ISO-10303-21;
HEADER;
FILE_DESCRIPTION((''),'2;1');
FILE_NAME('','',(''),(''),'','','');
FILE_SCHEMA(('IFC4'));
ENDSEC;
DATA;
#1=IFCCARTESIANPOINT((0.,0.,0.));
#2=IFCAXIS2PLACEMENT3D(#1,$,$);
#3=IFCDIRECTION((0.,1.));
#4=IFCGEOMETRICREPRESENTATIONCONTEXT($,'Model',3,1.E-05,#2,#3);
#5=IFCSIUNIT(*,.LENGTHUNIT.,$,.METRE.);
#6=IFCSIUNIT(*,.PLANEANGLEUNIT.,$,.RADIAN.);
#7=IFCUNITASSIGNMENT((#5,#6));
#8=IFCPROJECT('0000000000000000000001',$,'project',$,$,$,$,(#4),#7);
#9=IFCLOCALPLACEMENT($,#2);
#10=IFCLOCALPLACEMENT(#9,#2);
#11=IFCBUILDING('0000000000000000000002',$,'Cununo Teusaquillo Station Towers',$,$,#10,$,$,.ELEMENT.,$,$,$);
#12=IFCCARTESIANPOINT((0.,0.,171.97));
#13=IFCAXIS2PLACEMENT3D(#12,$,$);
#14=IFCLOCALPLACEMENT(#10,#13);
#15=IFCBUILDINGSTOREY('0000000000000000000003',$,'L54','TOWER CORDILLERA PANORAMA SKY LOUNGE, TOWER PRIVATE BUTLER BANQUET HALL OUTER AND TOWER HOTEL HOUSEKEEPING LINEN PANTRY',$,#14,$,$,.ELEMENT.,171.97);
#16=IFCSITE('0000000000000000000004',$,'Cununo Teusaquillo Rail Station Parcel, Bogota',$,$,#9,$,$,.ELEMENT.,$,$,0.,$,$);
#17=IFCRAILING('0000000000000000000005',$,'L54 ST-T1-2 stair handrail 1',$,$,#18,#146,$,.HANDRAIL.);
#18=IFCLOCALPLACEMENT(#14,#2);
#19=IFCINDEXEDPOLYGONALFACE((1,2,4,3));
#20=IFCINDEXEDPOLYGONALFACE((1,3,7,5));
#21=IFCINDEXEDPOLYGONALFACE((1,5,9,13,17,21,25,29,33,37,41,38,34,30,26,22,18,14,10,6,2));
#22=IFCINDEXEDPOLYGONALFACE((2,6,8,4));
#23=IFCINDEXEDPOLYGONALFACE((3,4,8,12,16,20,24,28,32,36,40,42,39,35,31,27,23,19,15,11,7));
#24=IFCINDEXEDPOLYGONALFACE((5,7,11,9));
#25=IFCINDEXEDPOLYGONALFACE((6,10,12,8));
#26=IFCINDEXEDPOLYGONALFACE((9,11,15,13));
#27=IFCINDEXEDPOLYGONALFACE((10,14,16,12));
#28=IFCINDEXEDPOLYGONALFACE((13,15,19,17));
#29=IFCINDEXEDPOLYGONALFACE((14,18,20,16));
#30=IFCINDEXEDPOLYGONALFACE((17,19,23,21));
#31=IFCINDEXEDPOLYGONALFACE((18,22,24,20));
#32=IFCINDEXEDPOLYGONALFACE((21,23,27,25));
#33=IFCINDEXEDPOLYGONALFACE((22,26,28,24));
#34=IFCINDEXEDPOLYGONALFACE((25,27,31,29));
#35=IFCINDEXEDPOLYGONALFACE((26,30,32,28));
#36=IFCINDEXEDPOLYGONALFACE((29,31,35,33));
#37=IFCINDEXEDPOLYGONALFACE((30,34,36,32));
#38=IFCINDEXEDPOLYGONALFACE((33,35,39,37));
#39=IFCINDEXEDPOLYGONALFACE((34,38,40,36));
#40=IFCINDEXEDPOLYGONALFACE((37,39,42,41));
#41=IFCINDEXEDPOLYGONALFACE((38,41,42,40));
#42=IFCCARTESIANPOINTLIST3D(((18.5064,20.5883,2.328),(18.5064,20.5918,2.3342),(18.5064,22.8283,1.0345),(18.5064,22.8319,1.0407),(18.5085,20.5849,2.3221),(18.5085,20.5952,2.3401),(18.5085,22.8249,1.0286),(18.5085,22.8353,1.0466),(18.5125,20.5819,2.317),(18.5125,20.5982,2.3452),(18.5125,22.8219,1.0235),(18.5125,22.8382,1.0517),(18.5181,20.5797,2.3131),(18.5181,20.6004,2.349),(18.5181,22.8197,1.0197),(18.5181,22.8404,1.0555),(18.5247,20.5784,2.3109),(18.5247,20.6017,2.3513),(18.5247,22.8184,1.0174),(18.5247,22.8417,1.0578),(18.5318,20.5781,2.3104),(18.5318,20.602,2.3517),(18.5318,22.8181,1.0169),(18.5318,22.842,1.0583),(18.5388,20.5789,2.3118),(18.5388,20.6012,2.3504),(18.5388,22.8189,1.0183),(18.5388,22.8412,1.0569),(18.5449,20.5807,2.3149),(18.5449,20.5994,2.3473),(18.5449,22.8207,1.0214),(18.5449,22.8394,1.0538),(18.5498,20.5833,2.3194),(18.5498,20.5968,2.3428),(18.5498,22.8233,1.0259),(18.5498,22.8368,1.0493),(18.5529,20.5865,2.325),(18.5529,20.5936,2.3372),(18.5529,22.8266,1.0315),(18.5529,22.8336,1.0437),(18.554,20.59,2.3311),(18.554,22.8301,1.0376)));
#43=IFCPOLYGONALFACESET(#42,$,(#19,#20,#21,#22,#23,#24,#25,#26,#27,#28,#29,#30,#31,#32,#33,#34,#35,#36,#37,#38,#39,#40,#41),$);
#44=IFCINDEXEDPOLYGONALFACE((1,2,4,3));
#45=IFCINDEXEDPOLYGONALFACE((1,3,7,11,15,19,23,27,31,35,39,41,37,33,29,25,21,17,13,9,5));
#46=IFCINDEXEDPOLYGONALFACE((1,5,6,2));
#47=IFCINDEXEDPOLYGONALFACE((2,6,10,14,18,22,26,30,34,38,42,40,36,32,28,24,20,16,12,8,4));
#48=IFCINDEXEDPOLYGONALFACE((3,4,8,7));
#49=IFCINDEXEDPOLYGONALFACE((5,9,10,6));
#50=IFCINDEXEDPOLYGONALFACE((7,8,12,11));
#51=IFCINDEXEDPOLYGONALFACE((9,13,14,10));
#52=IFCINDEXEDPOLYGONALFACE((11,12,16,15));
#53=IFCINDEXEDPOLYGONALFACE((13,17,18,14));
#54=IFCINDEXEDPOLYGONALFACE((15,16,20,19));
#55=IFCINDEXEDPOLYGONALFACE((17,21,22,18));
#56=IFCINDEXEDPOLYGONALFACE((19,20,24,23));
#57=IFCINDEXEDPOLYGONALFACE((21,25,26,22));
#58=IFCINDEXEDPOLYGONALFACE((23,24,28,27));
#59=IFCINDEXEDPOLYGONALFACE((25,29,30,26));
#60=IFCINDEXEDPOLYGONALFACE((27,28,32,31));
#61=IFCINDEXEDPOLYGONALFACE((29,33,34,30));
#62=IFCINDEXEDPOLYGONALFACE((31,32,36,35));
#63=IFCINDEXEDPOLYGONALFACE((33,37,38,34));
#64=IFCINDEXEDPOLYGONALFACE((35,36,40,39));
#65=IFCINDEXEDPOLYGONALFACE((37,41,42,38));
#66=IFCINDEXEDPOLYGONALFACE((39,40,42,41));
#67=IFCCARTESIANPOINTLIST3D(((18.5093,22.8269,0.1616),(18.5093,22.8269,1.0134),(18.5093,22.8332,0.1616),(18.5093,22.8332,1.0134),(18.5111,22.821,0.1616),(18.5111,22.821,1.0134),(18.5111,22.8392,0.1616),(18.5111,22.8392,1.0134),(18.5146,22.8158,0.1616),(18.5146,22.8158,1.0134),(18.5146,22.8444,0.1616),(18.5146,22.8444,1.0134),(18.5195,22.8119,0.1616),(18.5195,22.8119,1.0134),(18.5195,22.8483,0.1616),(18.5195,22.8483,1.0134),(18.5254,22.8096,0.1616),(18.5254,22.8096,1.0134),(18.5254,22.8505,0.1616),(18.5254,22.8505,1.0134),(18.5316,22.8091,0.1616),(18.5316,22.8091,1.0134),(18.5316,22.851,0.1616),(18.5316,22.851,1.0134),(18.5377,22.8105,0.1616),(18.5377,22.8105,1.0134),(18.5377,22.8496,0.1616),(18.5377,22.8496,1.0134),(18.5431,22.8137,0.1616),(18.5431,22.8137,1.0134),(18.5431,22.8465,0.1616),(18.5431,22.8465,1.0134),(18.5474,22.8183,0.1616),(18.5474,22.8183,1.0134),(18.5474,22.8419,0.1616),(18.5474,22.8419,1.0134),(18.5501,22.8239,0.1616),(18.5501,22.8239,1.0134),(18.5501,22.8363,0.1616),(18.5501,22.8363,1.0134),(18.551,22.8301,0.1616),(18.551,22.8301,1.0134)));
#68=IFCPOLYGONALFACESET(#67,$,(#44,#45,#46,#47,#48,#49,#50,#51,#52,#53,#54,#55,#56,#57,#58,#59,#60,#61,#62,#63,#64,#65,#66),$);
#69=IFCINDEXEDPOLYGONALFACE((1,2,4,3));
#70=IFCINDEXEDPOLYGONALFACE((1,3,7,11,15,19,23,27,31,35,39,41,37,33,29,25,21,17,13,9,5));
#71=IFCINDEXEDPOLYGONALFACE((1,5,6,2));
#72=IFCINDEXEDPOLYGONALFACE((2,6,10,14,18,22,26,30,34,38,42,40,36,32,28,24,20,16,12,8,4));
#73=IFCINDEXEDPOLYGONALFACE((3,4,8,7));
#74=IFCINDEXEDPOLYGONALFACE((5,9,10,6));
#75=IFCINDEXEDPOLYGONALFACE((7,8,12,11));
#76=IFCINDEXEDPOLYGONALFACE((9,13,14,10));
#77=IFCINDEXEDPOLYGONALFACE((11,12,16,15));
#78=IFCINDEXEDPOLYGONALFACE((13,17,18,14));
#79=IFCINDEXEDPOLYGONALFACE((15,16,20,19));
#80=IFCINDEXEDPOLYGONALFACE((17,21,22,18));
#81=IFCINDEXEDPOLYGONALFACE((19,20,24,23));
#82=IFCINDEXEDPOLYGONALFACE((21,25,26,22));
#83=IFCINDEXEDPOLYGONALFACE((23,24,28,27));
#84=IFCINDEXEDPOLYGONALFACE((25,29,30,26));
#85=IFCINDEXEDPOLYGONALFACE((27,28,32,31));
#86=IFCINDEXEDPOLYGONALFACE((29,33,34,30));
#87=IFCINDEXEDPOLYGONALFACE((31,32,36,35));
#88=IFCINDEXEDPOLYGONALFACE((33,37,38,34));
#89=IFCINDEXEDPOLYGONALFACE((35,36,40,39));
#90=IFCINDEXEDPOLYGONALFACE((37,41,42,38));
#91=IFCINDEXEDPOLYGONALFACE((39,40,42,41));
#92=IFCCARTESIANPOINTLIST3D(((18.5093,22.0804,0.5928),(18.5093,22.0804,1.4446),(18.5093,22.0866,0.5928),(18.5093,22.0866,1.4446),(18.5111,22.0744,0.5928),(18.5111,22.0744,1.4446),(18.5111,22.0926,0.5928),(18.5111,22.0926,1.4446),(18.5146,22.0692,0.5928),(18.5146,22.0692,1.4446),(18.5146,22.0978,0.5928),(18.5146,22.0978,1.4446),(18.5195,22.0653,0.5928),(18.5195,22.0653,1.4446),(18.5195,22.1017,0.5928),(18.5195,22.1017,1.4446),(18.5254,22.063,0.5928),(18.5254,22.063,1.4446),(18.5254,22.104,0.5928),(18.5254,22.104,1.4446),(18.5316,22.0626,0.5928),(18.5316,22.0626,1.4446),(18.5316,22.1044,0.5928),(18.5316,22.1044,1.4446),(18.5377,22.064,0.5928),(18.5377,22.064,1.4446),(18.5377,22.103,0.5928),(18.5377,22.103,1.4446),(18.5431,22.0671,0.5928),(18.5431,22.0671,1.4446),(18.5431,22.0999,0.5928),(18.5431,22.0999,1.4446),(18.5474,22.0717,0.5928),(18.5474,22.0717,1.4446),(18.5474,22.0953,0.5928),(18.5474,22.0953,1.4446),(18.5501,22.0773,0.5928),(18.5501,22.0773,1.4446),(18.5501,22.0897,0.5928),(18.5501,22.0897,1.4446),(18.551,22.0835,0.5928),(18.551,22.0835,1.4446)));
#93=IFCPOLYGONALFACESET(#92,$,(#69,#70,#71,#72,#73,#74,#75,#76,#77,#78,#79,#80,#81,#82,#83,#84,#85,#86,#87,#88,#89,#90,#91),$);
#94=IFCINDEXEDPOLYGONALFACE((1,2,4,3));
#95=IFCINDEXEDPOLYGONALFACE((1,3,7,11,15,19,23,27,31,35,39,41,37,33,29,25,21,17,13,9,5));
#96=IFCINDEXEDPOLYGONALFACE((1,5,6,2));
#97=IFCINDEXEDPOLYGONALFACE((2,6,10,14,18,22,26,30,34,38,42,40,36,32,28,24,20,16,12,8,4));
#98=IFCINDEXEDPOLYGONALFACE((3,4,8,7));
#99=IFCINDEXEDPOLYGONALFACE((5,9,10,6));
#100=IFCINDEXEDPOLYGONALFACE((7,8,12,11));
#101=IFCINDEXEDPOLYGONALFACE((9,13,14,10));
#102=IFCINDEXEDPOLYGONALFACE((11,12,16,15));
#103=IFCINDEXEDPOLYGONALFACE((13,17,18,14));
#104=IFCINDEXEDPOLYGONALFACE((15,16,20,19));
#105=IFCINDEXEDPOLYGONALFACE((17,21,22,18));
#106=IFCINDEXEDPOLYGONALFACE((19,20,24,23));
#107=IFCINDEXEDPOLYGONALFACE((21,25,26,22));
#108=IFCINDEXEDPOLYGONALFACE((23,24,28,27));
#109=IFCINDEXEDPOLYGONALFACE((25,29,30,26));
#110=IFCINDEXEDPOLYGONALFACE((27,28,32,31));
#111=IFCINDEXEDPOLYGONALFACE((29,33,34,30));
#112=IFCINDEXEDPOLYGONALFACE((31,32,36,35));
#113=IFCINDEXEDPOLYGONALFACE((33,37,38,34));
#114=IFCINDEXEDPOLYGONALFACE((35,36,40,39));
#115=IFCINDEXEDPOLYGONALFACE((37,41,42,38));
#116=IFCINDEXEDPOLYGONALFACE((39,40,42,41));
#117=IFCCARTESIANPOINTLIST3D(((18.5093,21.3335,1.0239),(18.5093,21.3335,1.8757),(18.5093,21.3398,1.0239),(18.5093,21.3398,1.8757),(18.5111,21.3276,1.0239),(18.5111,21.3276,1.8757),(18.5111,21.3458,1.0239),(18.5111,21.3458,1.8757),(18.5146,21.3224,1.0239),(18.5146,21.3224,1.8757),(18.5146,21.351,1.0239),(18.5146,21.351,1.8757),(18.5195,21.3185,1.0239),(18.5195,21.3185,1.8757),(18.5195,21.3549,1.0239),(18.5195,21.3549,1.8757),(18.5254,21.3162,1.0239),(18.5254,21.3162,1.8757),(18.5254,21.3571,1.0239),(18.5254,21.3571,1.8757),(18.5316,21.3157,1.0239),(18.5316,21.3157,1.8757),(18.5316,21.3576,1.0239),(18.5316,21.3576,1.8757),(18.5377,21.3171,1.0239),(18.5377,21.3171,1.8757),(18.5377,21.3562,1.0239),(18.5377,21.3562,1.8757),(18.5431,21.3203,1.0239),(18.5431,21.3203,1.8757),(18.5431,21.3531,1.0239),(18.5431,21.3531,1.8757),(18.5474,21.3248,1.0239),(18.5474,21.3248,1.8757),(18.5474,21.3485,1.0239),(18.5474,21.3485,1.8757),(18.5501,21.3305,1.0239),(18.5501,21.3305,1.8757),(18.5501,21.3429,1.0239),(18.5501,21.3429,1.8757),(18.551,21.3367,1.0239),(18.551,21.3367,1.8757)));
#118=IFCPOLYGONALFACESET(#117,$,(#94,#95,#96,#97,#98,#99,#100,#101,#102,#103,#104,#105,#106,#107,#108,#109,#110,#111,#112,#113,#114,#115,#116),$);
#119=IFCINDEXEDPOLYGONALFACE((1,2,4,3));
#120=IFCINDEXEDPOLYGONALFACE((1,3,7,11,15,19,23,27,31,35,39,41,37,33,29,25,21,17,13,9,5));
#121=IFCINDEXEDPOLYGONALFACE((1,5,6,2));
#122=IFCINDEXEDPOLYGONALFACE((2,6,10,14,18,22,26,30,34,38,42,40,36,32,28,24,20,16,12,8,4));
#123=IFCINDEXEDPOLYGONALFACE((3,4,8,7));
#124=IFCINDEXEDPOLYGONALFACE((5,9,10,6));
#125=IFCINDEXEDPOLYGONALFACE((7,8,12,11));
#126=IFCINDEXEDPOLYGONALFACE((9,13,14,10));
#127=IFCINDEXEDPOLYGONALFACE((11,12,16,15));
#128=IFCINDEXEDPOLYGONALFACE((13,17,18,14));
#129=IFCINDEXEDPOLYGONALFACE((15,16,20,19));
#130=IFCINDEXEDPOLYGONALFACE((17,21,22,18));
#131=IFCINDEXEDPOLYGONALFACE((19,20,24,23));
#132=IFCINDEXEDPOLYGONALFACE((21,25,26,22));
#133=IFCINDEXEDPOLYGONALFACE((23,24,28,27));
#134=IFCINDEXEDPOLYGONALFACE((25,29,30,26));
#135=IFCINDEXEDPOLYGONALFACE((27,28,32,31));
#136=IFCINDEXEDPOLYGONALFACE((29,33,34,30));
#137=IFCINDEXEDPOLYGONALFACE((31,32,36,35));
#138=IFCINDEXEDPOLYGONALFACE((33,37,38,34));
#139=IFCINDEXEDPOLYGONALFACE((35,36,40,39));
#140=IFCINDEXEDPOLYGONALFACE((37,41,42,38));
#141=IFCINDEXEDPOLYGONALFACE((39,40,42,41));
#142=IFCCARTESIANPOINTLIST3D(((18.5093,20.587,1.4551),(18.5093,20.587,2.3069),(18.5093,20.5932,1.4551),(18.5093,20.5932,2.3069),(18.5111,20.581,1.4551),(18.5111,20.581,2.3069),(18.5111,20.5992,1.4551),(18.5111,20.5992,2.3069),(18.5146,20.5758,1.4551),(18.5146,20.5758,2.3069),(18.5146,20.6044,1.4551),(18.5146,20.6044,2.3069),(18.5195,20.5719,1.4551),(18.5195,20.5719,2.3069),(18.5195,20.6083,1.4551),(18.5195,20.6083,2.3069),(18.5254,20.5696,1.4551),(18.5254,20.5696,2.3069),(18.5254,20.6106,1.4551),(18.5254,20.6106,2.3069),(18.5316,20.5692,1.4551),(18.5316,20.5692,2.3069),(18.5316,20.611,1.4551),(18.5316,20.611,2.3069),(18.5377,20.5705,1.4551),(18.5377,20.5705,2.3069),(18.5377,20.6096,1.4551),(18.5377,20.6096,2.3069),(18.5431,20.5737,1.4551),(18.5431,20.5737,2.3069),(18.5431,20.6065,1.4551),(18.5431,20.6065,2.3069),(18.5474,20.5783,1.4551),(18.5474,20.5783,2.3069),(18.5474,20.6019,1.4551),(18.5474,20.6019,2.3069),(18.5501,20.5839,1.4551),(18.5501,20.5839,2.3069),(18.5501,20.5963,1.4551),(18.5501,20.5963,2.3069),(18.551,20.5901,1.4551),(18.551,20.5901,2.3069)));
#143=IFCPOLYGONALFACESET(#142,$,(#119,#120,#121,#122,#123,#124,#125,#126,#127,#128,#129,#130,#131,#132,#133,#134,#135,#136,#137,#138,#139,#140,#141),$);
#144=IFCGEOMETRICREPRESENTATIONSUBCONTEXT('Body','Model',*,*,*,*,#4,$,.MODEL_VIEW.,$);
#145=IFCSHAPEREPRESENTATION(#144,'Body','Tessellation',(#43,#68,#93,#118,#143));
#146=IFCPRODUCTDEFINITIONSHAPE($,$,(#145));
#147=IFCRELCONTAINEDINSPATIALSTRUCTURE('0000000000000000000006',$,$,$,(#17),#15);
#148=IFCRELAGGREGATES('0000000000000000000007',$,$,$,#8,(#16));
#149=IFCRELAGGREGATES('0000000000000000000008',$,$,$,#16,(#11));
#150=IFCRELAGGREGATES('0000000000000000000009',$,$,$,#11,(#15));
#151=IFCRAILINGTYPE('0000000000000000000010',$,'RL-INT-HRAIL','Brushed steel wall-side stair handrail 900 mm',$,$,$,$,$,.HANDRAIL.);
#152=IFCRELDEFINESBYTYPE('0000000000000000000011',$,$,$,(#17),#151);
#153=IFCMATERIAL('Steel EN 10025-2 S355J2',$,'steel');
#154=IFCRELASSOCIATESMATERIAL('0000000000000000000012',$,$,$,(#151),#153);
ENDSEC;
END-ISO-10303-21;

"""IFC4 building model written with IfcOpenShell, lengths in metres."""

from ifc_helpers import new_model, si_unit, direction, frame, origin, origin_2d, place, context, subcontext, project, spatial, circle, extrude, material, type_object, element, save


model = new_model("IFC4")

# Units and contexts
model_context = context("Model", 3, precision=1e-05, world=origin(), true_north=direction((0.0, 1.0)))
body_context = subcontext(model_context, "Body", "Model", "MODEL_VIEW")
ifc_project = project(units=[si_unit("LENGTHUNIT", "METRE"), si_unit("PLANEANGLEUNIT", "RADIAN")], contexts=[model_context])

# Site, building, storey
site_placement = place(None, origin())
site = spatial("IfcSite", under=ifc_project, at=site_placement, Name="Cununo Teusaquillo Rail Station Parcel, Bogota", CompositionType="ELEMENT", RefElevation=0.0)
building_placement = place(site_placement, origin())
building = spatial("IfcBuilding", under=site, at=building_placement, Name="Cununo Teusaquillo Station Towers", CompositionType="ELEMENT")
storey_placement = place(building_placement, frame((0.0, 0.0, 171.97)))
storey = spatial("IfcBuildingStorey", under=building, at=storey_placement, Name="L54", Description="TOWER CORDILLERA PANORAMA SKY LOUNGE, TOWER PRIVATE BUTLER BANQUET HALL OUTER AND TOWER HOTEL HOUSEKEEPING LINEN PANTRY", CompositionType="ELEMENT", Elevation=171.97)

# Railing
ifc_material_1 = material(Name="Steel EN 10025-2 S355J2", Category="steel")
railing_type_1 = type_object("IfcRailingType", Name="RL-INT-HRAIL", Description="Brushed steel wall-side stair handrail 900 mm", PredefinedType="HANDRAIL", material=ifc_material_1)
railing_1_placement = place(storey_placement, frame((18.53, 22.8301, 0.1616)))
element("IfcRailing", 1, at=railing_1_placement, inside=storey, type_object=railing_type_1, Name="L54 ST-T1-2 stair handrail 1", PredefinedType="HANDRAIL", context=body_context, shape_type="SweptSolid", body=[
    extrude(circle(Radius=0.0239, at=origin_2d()), frame((0.0, 0.0, 0.876), z_axis=(0.0, -0.865992, 0.500057), x_axis=(1.0, 0.0, 0.0)), (0.0, 0.0, 1.0), 2.5867),
    extrude(circle(Radius=0.021, at=origin_2d()), origin(), (0.0, 0.0, 1.0), 0.8518),
    extrude(circle(Radius=0.021, at=origin_2d()), frame((0.0, -0.7466, 0.4312)), (0.0, 0.0, 1.0), 0.8518),
    extrude(circle(Radius=0.021, at=origin_2d()), frame((0.0, -1.4934, 0.8623)), (0.0, 0.0, 1.0), 0.8518),
    extrude(circle(Radius=0.021, at=origin_2d()), frame((0.0, -2.24, 1.2935)), (0.0, 0.0, 1.0), 0.8518),
])

save(model, "model.ifc")
